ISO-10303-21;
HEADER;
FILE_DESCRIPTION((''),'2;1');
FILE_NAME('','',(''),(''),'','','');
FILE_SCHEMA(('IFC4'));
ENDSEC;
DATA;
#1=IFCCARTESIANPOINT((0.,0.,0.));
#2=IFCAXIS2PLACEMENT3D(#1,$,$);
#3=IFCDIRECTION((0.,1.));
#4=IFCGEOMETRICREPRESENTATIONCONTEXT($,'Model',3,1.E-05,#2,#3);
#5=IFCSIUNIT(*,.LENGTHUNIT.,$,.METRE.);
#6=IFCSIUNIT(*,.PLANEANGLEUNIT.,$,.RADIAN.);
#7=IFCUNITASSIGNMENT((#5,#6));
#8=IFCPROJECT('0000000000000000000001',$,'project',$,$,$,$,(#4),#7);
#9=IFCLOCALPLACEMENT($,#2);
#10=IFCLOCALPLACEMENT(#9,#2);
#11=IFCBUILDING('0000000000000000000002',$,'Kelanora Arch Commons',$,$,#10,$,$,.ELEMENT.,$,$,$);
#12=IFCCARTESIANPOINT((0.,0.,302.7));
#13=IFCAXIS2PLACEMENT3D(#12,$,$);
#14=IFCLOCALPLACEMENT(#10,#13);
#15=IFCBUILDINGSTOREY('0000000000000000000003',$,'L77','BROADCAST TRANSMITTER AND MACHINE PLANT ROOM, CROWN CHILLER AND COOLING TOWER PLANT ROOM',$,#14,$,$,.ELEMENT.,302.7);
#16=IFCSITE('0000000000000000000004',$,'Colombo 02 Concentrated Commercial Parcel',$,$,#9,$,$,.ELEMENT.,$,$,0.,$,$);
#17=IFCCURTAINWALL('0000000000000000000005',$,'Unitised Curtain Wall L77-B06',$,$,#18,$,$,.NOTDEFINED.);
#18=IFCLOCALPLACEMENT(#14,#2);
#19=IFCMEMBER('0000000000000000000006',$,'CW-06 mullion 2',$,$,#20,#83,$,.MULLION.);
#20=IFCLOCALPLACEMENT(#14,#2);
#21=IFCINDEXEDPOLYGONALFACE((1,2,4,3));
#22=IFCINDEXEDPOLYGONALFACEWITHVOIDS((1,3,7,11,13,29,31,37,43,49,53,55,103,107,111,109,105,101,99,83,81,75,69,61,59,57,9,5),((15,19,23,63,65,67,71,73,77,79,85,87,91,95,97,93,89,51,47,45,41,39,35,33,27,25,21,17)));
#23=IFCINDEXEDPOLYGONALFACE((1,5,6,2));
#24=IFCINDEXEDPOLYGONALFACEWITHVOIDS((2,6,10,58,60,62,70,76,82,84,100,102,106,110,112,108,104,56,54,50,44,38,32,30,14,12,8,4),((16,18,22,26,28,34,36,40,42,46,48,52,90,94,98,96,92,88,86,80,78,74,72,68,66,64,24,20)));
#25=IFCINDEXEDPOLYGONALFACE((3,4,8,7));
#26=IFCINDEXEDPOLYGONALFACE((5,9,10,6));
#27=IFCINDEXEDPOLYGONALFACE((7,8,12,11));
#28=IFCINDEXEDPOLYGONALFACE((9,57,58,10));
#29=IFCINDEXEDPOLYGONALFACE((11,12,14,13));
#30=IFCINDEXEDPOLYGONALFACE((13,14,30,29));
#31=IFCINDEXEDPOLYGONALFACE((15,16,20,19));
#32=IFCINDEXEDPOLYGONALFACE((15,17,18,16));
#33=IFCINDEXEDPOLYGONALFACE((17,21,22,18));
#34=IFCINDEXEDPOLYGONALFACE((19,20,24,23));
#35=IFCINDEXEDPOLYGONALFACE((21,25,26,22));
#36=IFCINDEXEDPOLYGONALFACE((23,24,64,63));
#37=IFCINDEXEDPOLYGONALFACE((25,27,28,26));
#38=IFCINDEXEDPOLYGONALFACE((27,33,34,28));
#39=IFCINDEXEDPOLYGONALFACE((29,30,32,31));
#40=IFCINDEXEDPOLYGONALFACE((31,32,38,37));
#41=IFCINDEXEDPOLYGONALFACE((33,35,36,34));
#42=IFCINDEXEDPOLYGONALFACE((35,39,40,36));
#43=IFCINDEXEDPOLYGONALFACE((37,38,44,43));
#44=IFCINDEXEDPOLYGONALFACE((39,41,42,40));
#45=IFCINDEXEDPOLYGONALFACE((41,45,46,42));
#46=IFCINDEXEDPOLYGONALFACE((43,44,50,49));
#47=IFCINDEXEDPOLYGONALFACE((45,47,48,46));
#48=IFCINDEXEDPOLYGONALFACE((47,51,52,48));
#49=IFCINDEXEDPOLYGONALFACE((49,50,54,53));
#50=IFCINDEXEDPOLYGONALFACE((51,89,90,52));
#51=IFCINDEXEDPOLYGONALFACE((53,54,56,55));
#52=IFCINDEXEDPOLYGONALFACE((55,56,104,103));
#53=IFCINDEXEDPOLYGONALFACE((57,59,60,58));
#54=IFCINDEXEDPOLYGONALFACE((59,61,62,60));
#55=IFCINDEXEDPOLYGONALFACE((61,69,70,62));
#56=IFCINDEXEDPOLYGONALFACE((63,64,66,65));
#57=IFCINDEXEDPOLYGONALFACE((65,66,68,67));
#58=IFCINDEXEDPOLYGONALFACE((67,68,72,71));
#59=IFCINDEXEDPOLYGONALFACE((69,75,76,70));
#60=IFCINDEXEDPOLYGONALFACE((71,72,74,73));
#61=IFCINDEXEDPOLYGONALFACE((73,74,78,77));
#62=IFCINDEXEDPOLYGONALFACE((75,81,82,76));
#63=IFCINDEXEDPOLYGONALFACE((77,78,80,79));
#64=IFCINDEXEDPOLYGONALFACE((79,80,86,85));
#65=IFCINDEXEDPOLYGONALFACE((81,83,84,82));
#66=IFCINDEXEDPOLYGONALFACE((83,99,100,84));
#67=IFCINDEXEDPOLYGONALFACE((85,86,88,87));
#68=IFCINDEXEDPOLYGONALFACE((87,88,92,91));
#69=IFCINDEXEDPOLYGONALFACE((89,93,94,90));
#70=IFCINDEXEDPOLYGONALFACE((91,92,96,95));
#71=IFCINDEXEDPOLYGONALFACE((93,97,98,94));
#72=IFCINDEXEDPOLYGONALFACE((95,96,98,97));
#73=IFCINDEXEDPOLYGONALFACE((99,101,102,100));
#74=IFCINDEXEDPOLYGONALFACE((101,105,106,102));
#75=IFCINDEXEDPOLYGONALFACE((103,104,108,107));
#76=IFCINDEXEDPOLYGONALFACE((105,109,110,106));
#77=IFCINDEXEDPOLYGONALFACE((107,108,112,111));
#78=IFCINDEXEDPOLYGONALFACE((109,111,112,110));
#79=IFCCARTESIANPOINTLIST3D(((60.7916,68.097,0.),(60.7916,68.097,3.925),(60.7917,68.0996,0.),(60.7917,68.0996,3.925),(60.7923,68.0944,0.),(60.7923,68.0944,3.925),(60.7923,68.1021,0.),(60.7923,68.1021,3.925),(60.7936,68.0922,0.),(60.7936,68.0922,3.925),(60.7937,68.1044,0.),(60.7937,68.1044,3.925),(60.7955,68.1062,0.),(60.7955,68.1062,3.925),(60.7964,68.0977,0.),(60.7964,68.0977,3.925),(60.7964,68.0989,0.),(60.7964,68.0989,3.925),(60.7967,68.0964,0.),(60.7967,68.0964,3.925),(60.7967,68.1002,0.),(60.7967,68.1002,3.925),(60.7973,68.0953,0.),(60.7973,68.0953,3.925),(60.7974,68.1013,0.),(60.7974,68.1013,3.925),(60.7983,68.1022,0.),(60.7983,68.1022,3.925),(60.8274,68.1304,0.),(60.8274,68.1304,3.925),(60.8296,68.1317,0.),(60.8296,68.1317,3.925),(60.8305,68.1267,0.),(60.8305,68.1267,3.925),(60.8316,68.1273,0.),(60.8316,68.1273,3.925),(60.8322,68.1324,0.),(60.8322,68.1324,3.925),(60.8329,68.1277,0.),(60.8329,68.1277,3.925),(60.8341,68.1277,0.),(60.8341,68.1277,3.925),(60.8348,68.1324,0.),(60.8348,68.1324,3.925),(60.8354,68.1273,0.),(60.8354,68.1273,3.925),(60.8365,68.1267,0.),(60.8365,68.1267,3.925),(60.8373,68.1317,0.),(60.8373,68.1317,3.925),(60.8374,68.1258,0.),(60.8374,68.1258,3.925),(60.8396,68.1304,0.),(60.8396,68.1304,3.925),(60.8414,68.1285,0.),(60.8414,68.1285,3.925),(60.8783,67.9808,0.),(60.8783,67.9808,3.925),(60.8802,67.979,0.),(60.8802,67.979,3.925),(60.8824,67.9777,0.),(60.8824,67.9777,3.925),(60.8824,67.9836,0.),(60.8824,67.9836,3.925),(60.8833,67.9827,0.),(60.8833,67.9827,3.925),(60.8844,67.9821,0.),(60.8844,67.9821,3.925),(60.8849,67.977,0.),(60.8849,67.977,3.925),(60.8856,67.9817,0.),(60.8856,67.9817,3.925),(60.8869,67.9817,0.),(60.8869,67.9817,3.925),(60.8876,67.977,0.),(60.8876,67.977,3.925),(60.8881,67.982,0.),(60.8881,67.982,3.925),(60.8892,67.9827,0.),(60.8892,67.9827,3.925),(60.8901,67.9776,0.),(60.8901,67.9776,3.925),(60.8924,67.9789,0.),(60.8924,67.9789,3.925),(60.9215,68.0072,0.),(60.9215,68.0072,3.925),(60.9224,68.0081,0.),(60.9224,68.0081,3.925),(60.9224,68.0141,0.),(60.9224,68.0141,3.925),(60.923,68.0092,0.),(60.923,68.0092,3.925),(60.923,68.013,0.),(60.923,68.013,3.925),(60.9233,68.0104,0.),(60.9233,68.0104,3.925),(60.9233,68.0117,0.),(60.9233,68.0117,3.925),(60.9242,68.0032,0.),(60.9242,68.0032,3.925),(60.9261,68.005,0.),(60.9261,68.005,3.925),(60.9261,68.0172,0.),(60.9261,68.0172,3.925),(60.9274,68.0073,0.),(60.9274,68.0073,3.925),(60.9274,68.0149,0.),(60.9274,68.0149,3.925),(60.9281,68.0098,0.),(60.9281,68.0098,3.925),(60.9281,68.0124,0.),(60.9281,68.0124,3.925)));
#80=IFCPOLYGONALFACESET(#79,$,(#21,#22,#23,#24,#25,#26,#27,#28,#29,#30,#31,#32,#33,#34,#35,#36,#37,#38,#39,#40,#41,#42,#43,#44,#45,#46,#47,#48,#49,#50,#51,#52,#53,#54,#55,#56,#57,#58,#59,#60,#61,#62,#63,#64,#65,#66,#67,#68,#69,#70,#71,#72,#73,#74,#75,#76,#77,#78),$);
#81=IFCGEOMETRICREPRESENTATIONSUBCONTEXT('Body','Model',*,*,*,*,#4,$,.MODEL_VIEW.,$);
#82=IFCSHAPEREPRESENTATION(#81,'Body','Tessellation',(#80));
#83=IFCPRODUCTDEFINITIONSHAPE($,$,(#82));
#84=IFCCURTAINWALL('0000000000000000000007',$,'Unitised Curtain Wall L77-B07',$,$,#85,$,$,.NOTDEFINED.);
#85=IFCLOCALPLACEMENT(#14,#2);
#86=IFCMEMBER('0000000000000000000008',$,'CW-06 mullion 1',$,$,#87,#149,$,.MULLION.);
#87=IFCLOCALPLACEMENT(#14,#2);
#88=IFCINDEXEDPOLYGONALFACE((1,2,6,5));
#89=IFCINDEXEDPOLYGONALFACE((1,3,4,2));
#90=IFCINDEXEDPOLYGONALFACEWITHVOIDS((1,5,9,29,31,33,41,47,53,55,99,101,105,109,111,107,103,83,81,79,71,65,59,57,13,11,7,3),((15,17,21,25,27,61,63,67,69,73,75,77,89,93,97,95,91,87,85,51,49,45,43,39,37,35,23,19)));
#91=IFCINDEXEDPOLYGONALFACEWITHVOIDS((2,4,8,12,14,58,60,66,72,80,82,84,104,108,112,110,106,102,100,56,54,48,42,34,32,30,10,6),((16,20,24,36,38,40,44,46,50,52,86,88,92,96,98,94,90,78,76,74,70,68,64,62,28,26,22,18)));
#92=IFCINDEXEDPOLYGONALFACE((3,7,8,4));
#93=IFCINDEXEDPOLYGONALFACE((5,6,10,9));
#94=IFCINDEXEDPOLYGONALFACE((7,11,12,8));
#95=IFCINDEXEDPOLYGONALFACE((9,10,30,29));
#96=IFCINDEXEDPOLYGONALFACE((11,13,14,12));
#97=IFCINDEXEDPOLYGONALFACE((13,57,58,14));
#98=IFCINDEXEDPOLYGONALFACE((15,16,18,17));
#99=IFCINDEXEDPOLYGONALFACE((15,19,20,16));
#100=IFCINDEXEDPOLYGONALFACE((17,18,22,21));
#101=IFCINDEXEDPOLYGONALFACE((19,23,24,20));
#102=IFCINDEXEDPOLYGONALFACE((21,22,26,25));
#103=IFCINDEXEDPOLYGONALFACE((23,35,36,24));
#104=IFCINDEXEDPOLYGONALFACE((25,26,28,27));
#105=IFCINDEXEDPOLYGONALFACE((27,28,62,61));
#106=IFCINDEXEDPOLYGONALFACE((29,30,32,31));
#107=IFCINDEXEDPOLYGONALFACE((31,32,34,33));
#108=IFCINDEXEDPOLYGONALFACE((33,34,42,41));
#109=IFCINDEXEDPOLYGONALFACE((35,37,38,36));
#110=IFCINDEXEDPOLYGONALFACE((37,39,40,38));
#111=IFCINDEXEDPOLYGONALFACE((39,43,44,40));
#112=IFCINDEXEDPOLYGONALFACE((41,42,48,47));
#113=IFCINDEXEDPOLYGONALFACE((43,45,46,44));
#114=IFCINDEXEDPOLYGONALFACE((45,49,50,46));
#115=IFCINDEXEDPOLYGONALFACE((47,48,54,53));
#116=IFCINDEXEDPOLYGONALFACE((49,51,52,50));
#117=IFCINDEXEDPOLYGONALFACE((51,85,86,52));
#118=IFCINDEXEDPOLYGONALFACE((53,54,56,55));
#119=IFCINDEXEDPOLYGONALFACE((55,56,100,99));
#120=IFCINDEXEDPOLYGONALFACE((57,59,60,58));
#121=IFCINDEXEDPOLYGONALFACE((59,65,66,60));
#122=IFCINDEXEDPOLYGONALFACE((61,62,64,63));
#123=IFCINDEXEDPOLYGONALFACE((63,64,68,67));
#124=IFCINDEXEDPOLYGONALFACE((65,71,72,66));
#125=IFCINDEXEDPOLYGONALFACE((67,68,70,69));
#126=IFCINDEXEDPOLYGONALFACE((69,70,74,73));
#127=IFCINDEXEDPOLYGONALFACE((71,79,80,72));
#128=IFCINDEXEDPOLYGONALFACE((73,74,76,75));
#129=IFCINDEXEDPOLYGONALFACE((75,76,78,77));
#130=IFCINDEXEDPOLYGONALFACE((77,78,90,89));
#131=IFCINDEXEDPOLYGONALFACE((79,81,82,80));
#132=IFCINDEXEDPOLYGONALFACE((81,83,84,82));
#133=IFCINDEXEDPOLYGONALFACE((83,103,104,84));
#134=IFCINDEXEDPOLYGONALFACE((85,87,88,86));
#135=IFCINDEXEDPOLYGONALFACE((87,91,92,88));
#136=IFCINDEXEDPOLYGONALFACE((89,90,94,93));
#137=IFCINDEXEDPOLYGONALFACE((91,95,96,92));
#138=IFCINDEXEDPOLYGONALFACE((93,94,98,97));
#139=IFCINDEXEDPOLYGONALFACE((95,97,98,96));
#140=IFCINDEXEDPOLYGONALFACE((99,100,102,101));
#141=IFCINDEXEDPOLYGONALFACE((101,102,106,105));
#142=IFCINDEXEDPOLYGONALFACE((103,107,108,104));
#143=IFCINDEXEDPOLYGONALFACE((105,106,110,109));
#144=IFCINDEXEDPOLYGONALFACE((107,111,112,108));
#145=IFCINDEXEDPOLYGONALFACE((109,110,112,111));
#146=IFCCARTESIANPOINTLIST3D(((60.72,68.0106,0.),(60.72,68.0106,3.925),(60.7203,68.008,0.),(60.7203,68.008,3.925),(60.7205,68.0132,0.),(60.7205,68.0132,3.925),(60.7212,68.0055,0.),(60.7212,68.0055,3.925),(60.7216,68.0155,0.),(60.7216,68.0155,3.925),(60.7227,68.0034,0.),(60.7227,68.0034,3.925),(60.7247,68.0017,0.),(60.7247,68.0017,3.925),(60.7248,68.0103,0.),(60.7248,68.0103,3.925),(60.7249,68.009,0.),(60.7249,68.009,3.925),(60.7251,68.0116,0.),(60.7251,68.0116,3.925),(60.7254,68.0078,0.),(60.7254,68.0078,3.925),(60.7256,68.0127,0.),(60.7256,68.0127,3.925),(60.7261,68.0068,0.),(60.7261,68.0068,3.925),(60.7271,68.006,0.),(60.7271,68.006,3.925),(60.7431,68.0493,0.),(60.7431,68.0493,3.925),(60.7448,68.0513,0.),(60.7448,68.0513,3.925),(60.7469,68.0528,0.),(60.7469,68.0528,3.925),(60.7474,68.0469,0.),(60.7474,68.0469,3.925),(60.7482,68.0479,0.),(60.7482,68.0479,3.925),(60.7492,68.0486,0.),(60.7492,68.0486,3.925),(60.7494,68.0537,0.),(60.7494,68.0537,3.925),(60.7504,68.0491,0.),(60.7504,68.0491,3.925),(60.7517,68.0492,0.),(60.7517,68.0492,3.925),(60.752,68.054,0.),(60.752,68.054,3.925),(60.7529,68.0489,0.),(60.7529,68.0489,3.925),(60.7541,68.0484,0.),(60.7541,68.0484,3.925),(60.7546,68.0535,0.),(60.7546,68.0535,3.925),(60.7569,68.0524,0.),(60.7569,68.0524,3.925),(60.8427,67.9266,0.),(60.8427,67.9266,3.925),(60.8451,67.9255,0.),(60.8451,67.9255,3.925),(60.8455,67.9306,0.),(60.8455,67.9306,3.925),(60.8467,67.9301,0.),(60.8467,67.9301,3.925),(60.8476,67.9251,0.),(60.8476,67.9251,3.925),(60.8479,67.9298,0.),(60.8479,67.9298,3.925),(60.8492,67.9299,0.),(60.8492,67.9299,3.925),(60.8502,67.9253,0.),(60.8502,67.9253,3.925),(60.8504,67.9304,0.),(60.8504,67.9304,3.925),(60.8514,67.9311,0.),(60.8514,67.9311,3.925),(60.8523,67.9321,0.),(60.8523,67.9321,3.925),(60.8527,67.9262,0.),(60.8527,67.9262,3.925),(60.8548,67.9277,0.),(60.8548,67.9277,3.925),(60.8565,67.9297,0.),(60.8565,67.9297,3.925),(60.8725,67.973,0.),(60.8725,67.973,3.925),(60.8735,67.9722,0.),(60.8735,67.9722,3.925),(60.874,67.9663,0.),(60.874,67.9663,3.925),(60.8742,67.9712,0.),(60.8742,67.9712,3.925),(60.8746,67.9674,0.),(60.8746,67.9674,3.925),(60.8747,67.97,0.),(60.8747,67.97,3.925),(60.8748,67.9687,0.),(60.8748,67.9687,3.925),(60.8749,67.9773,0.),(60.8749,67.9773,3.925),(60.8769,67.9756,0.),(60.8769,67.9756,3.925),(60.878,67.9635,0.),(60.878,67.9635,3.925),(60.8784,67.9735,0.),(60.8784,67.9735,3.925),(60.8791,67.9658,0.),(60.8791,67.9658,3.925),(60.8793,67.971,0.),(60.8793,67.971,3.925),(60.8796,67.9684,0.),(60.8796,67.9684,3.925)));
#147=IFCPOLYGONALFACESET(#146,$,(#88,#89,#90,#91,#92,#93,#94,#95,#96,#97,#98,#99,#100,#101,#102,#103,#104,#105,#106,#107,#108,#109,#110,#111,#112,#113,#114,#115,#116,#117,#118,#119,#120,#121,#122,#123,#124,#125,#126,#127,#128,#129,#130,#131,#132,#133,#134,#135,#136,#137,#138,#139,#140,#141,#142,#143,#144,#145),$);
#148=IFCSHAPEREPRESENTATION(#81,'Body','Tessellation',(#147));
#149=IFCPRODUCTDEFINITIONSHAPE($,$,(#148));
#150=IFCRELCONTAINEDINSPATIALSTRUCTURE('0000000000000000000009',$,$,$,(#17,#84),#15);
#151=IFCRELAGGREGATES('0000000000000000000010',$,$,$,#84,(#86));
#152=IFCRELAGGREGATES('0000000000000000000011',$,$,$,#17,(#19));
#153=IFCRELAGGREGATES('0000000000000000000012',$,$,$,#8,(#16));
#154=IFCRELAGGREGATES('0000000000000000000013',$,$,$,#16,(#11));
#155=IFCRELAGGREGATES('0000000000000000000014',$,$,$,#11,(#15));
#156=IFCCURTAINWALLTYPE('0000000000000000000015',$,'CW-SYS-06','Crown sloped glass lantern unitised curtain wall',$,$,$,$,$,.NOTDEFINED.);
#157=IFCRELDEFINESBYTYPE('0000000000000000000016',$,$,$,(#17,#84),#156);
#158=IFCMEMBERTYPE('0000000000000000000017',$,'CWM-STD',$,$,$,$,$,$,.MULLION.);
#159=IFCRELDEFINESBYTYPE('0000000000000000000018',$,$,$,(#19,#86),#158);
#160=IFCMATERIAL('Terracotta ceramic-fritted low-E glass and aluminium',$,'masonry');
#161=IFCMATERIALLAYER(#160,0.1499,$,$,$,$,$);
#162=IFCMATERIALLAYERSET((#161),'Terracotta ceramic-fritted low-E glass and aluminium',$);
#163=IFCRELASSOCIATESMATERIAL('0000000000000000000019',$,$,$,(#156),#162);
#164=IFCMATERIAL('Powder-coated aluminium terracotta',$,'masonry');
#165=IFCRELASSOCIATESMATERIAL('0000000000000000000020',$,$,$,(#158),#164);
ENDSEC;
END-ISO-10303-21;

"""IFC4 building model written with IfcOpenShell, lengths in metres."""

from ifc_helpers import new_model, si_unit, direction, frame, origin, origin_2d, place, context, subcontext, project, spatial, hollow_rectangle, extrude, material, layer, layer_set, material_profile, profile_set, type_object, element, aggregate, save


model = new_model("IFC4")

# Units and contexts
model_context = context("Model", 3, precision=1e-05, world=origin(), true_north=direction((0.0, 1.0)))
body_context = subcontext(model_context, "Body", "Model", "MODEL_VIEW")
ifc_project = project(units=[si_unit("LENGTHUNIT", "METRE"), si_unit("PLANEANGLEUNIT", "RADIAN")], contexts=[model_context])

# Site, building, storey
site_placement = place(None, origin())
site = spatial("IfcSite", under=ifc_project, at=site_placement, Name="Colombo 02 Concentrated Commercial Parcel", CompositionType="ELEMENT", RefElevation=0.0)
building_placement = place(site_placement, origin())
building = spatial("IfcBuilding", under=site, at=building_placement, Name="Kelanora Arch Commons", CompositionType="ELEMENT")
storey_placement = place(building_placement, frame((0.0, 0.0, 302.7)))
storey = spatial("IfcBuildingStorey", under=building, at=storey_placement, Name="L77", Description="BROADCAST TRANSMITTER AND MACHINE PLANT ROOM, CROWN CHILLER AND COOLING TOWER PLANT ROOM", CompositionType="ELEMENT", Elevation=302.7)

# Shared definitions
ifc_material_1 = material(Name="Terracotta ceramic-fritted low-E glass and aluminium", Category="masonry")
ifc_layer_1 = layer(ifc_material_1, 0.1499)
ifc_layer_set_1 = layer_set([ifc_layer_1], Name="Terracotta ceramic-fritted low-E glass and aluminium")
curtain_wall_type = type_object("IfcCurtainWallType", Name="CW-SYS-06", Description="Crown sloped glass lantern unitised curtain wall", PredefinedType="NOTDEFINED", material=ifc_layer_set_1)
ifc_material_2 = material(Name="Powder-coated aluminium terracotta", Category="masonry")
ifc_material_profile_1 = material_profile(ifc_material_2, hollow_rectangle(XDim=0.1599, YDim=0.0601, WallThickness=0.0049, InnerFilletRadius=0.0049, OuterFilletRadius=0.01, at=origin_2d()), Name="CWM160x60")
ifc_profile_set_1 = profile_set([ifc_material_profile_1], Name="Powder-coated aluminium terracotta")
member_type_1 = type_object("IfcMemberType", Name="CWM-STD", PredefinedType="MULLION", material=ifc_profile_set_1)

# Curtain wall, member
curtain_wall_1_placement = place(storey_placement, origin())
curtain_wall_1 = element("IfcCurtainWall", 1, at=curtain_wall_1_placement, inside=storey, type_object=curtain_wall_type, Name="Unitised Curtain Wall L77-B06", PredefinedType="NOTDEFINED")
member_1_placement = place(storey_placement, frame((60.8599, 68.0547, 0.0), z_axis=(0.0, 0.0, 1.0), x_axis=(0.605596, -0.795772, 0.0)))
member_1 = element("IfcMember", 2, at=member_1_placement, type_object=member_type_1, Name="CW-06 mullion 2", PredefinedType="MULLION", context=body_context, shape_type="SweptSolid", body=[
    extrude(hollow_rectangle(XDim=0.1599, YDim=0.0601, WallThickness=0.0049, InnerFilletRadius=0.0049, OuterFilletRadius=0.01, at=origin_2d()), origin(), (0.0, 0.0, 1.0), 3.925),
])

# Curtain wall, member
curtain_wall_2_placement = place(storey_placement, origin())
curtain_wall_2 = element("IfcCurtainWall", 3, at=curtain_wall_2_placement, inside=storey, type_object=curtain_wall_type, Name="Unitised Curtain Wall L77-B07", PredefinedType="NOTDEFINED")
member_2_placement = place(storey_placement, frame((60.7998, 67.9895, 0.0), z_axis=(0.0, 0.0, 1.0), x_axis=(0.843592, -0.536984, 0.0)))
member_2 = element("IfcMember", 4, at=member_2_placement, type_object=member_type_1, Name="CW-06 mullion 1", PredefinedType="MULLION", context=body_context, shape_type="SweptSolid", body=[
    extrude(hollow_rectangle(XDim=0.1599, YDim=0.0601, WallThickness=0.0049, InnerFilletRadius=0.0049, OuterFilletRadius=0.01, at=origin_2d()), origin(), (0.0, 0.0, 1.0), 3.925),
])

aggregate(curtain_wall_2, [member_2])
aggregate(curtain_wall_1, [member_1])

save(model, "model.ifc")
